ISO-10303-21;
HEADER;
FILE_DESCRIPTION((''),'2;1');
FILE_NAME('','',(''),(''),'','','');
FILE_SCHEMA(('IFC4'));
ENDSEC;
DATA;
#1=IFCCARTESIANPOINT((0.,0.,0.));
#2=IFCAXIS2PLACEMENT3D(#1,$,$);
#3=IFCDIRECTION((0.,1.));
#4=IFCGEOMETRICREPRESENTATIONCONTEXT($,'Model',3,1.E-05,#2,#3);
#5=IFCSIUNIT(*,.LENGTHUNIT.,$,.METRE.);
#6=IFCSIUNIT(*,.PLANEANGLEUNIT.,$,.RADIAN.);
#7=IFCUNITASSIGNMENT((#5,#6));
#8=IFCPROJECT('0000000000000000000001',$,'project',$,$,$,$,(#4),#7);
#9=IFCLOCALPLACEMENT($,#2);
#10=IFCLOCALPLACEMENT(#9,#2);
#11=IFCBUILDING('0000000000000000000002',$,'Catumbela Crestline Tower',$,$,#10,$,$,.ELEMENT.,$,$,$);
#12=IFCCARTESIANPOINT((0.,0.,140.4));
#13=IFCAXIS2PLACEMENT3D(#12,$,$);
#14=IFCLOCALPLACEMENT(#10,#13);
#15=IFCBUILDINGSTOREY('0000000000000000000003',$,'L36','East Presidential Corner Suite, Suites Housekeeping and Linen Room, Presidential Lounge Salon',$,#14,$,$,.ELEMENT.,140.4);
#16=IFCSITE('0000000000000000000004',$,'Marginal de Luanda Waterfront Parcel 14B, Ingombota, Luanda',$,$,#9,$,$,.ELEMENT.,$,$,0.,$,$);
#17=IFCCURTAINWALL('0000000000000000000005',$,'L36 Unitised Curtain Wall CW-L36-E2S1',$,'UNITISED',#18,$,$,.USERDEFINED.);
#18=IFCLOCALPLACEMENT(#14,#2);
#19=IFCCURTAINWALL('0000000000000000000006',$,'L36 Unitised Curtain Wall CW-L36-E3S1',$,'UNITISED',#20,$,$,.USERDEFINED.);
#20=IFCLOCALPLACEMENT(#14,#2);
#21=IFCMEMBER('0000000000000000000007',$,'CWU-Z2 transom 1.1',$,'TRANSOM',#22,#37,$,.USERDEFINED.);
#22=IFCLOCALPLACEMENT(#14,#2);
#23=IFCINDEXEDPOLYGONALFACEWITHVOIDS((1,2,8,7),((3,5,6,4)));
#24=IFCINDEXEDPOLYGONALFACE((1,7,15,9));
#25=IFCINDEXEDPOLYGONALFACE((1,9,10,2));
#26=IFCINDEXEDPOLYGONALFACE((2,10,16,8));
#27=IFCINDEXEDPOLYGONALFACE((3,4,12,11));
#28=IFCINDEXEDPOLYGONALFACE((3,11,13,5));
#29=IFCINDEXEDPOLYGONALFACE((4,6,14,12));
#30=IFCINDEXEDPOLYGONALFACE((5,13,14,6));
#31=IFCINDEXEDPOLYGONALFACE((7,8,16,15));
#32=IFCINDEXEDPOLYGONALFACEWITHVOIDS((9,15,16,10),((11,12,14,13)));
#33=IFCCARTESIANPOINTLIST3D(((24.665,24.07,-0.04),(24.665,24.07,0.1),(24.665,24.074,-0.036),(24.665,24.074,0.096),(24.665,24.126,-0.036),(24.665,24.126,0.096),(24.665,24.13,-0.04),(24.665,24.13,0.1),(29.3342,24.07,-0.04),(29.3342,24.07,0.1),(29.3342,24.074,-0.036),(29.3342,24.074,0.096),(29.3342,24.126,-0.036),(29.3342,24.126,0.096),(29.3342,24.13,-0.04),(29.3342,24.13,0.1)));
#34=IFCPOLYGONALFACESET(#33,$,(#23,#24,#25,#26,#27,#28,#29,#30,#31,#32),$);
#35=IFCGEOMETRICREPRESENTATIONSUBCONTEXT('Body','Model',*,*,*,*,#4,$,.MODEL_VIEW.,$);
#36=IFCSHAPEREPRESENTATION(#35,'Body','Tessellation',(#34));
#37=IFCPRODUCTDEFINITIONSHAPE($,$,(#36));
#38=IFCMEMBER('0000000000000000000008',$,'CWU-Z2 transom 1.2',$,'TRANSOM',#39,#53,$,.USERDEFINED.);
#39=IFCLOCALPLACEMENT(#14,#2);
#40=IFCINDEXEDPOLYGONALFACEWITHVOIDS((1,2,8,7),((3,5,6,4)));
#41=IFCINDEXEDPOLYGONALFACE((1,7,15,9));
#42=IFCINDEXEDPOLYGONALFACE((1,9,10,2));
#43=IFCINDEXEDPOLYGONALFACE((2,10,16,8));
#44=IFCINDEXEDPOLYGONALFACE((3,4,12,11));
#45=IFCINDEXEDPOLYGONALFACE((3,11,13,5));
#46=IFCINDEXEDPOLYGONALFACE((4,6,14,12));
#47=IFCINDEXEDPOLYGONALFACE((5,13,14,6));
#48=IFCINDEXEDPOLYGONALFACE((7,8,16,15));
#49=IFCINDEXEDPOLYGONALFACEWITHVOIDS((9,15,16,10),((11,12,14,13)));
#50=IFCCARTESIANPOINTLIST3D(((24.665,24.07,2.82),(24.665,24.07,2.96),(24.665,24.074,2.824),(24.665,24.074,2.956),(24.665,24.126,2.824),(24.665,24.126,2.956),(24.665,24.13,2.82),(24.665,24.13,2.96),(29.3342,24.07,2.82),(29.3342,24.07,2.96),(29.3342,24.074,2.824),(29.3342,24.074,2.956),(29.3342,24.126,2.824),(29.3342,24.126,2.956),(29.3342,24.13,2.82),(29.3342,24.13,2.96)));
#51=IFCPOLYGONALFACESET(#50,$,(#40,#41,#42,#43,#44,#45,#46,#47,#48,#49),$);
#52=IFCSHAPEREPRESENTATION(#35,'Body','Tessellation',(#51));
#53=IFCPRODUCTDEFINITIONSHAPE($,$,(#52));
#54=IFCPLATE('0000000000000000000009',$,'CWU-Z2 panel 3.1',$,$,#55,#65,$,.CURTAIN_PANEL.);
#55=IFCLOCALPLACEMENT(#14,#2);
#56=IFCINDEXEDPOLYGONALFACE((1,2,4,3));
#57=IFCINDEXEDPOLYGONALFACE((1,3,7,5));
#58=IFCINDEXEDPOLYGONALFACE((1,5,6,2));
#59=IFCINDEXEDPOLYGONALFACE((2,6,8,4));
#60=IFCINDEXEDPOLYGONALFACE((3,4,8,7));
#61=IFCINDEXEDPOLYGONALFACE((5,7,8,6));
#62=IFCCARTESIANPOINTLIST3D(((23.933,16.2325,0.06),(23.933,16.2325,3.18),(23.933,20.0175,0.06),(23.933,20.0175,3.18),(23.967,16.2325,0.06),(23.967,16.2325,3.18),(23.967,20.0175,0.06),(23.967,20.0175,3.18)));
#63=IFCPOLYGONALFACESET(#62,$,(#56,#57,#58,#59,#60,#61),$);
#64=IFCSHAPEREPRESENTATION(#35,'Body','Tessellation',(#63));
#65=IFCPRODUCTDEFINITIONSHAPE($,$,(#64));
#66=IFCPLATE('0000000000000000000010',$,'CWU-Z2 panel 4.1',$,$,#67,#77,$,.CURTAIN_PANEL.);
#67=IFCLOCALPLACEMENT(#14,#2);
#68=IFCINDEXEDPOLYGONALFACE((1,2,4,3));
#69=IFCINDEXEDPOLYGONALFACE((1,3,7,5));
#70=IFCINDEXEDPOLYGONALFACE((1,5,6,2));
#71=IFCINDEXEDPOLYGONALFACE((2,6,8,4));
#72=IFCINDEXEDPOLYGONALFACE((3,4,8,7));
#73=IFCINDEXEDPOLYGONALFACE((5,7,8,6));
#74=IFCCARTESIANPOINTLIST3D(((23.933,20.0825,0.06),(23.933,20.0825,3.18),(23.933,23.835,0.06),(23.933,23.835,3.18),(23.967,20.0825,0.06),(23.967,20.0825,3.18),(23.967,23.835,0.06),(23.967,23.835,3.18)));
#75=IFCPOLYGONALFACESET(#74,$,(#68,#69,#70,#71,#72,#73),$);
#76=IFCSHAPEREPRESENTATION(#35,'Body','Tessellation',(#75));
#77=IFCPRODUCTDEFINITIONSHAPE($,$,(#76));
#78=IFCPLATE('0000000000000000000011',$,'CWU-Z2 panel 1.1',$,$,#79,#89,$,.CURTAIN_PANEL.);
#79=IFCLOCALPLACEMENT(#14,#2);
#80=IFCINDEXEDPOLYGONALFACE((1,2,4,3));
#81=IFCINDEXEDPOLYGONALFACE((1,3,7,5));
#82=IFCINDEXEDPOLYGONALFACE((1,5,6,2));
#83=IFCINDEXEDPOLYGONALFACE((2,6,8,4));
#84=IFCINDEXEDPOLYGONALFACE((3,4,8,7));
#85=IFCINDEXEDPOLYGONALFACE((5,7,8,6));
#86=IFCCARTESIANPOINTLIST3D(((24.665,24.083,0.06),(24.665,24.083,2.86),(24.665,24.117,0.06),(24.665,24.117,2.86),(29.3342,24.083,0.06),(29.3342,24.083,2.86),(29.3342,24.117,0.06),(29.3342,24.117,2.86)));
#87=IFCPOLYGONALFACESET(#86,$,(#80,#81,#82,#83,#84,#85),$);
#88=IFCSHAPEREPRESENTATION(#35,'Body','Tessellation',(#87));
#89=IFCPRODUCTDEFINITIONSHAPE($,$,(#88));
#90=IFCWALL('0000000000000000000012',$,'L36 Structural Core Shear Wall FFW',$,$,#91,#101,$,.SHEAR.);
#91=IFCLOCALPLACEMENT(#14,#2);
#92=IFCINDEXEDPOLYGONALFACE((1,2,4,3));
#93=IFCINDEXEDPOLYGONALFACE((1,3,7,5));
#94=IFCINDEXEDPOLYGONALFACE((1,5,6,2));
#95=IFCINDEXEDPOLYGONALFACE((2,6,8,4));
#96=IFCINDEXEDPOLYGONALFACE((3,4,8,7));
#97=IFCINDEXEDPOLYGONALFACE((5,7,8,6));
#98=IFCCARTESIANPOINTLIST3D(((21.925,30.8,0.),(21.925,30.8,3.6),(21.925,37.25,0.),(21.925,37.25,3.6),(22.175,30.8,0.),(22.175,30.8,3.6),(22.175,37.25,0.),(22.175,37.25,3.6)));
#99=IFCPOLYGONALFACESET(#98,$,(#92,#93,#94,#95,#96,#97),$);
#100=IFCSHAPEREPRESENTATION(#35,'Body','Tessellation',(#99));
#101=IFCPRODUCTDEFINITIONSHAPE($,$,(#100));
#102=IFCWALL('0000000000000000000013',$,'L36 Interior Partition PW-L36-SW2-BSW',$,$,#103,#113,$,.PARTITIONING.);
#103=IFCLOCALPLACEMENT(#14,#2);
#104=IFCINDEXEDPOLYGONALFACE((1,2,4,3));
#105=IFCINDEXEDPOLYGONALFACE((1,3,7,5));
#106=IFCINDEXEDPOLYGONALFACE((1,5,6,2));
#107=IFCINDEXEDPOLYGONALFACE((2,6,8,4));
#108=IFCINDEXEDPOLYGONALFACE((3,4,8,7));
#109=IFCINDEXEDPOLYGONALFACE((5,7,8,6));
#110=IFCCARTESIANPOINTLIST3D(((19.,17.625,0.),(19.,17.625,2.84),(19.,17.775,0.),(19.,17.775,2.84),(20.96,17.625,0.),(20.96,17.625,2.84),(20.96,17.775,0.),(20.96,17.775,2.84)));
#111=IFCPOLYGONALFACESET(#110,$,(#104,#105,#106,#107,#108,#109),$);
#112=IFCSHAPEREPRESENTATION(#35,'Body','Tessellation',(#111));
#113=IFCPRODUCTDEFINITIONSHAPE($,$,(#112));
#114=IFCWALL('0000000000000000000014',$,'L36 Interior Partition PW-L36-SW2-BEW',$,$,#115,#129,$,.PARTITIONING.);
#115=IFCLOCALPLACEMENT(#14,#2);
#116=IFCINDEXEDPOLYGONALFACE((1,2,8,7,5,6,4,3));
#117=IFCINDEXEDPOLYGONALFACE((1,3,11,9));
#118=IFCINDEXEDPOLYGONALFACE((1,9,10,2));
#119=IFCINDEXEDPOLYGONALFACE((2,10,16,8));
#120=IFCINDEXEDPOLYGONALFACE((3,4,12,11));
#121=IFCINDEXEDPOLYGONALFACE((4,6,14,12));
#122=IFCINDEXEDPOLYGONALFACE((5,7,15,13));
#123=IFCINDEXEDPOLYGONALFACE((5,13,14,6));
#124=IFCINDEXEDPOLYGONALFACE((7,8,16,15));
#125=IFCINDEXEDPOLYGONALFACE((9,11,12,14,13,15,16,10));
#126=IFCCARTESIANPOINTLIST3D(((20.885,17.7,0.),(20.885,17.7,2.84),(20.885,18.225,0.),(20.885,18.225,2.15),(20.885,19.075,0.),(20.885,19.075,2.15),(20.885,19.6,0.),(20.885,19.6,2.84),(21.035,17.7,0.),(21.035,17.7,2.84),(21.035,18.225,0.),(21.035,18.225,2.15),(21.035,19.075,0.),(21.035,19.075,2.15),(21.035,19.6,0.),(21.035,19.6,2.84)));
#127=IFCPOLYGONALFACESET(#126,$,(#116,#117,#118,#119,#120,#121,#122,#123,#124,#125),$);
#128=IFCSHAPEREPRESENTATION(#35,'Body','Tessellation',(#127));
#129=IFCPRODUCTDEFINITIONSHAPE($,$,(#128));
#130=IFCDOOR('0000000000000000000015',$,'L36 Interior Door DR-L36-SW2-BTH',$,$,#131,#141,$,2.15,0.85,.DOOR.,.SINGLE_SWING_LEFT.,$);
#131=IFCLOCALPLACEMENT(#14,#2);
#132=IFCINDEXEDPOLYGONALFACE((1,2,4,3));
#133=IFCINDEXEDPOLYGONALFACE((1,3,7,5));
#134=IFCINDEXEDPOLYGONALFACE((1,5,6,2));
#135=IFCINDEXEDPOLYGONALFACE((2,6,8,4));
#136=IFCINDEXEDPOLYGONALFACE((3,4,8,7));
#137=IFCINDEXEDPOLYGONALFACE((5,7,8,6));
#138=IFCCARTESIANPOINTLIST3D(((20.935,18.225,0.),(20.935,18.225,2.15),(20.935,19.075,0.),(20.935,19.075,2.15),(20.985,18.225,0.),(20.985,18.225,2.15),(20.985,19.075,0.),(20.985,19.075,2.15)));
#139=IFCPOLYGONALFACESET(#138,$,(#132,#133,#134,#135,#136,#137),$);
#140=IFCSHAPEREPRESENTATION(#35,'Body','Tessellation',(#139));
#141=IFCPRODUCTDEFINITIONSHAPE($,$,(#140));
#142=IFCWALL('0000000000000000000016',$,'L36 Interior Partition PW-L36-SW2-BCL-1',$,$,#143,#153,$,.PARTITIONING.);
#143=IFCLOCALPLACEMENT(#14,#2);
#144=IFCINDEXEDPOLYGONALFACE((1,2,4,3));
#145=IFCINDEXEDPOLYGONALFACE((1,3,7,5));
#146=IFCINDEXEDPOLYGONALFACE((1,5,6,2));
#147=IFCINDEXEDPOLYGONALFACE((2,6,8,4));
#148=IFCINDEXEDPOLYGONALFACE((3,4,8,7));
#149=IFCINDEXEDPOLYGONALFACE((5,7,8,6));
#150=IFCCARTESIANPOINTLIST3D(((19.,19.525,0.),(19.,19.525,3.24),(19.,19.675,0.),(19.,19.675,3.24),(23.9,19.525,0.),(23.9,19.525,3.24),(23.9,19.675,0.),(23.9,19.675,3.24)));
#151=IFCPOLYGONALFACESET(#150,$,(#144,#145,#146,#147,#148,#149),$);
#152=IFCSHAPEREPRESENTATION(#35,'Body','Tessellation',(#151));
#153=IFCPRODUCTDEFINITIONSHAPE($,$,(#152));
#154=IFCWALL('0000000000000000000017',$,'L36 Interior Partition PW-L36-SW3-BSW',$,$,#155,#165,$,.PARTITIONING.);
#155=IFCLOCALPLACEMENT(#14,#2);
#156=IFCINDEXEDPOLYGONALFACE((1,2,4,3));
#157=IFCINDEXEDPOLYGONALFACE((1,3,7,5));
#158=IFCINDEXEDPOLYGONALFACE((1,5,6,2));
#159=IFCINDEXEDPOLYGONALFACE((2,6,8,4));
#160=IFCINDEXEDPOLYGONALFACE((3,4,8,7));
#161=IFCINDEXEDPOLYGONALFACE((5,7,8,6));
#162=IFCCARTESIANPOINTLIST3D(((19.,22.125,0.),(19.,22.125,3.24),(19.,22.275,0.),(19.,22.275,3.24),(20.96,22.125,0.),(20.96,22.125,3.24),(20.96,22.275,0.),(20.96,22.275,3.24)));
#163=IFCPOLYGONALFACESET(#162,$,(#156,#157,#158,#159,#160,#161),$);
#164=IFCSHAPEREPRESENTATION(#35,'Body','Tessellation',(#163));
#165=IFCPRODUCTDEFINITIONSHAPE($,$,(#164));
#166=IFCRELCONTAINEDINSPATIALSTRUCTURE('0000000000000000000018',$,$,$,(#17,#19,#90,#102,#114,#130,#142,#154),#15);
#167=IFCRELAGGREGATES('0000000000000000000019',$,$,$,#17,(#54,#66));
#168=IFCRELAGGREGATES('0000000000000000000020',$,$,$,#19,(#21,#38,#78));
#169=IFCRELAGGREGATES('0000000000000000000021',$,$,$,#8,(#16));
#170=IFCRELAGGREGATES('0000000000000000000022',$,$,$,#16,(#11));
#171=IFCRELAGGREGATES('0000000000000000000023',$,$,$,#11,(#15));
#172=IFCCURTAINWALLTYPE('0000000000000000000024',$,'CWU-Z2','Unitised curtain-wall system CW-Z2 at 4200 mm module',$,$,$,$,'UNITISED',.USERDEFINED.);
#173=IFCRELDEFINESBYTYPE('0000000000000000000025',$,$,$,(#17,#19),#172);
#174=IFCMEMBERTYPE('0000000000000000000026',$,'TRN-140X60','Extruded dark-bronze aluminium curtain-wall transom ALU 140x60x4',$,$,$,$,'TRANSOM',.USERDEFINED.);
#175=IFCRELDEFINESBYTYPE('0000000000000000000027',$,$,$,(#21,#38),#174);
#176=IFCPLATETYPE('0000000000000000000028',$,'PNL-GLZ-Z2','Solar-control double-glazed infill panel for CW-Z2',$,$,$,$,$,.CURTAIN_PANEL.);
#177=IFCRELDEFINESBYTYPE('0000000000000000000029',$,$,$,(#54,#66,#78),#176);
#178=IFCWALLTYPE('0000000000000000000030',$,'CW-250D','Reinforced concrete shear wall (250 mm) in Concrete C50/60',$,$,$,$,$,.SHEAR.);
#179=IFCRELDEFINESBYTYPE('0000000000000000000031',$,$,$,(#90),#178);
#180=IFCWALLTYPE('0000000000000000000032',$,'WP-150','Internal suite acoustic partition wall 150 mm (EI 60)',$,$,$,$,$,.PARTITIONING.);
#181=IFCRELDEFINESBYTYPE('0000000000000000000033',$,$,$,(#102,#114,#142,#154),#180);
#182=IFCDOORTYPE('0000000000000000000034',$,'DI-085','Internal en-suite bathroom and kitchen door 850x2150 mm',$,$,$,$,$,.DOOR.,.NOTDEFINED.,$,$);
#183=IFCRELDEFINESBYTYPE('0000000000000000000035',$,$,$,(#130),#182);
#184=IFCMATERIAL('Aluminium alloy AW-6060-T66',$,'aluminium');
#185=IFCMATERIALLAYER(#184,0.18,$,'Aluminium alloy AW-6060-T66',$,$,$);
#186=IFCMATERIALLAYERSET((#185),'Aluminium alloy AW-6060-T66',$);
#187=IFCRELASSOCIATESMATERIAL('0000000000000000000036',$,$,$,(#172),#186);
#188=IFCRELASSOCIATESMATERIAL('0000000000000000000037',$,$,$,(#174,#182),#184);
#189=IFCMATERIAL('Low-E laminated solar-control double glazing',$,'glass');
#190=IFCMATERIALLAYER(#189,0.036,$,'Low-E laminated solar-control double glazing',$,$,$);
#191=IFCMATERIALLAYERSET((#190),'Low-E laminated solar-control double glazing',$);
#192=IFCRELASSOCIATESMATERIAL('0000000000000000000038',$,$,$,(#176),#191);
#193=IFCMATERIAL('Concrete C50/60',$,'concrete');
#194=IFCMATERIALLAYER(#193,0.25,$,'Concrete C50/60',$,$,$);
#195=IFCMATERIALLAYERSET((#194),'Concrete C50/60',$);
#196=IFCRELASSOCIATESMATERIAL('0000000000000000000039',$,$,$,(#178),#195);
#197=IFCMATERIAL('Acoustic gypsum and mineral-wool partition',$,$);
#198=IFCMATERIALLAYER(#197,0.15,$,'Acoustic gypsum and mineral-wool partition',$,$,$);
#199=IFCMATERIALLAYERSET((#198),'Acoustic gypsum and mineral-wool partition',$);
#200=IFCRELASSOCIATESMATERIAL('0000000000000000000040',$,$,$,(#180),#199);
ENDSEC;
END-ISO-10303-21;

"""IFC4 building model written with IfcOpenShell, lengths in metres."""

from ifc_helpers import new_model, si_unit, direction, frame, frame_2d, origin, origin_2d, place, context, subcontext, project, spatial, rectangle, hollow_rectangle, extrude, material, layer, layer_set, material_profile, profile_set, type_object, element, fill, aggregate, save


model = new_model("IFC4")

# Units and contexts
model_context = context("Model", 3, precision=1e-05, world=origin(), true_north=direction((0.0, 1.0)))
body_context = subcontext(model_context, "Body", "Model", "MODEL_VIEW")
ifc_project = project(units=[si_unit("LENGTHUNIT", "METRE"), si_unit("PLANEANGLEUNIT", "RADIAN")], contexts=[model_context])

# Site, building, storey
site_placement = place(None, origin())
site = spatial("IfcSite", under=ifc_project, at=site_placement, Name="Marginal de Luanda Waterfront Parcel 14B, Ingombota, Luanda", CompositionType="ELEMENT", RefElevation=0.0)
building_placement = place(site_placement, origin())
building = spatial("IfcBuilding", under=site, at=building_placement, Name="Catumbela Crestline Tower", CompositionType="ELEMENT")
storey_placement = place(building_placement, frame((0.0, 0.0, 140.4)))
storey = spatial("IfcBuildingStorey", under=building, at=storey_placement, Name="L36", Description="East Presidential Corner Suite, Suites Housekeeping and Linen Room, Presidential Lounge Salon", CompositionType="ELEMENT", Elevation=140.4)

# Shared definitions
ifc_material_1 = material(Name="Concrete C50/60", Category="concrete")

# Curtain wall
ifc_material_2 = material(Name="Aluminium alloy AW-6060-T66", Category="aluminium")
ifc_layer_1 = layer(ifc_material_2, 0.18, Name="Aluminium alloy AW-6060-T66")
ifc_layer_set_1 = layer_set([ifc_layer_1], Name="Aluminium alloy AW-6060-T66")
curtain_wall_type = type_object("IfcCurtainWallType", Name="CWU-Z2", Description="Unitised curtain-wall system CW-Z2 at 4200 mm module", ElementType="UNITISED", PredefinedType="USERDEFINED", material=ifc_layer_set_1)
curtain_wall_1_placement = place(storey_placement, origin())
curtain_wall_1 = element("IfcCurtainWall", 1, at=curtain_wall_1_placement, inside=storey, type_object=curtain_wall_type, Name="L36 Unitised Curtain Wall CW-L36-E2S1", ObjectType="UNITISED", PredefinedType="USERDEFINED")

# Curtain wall
curtain_wall_2_placement = place(storey_placement, origin())
curtain_wall_2 = element("IfcCurtainWall", 2, at=curtain_wall_2_placement, inside=storey, type_object=curtain_wall_type, Name="L36 Unitised Curtain Wall CW-L36-E3S1", ObjectType="UNITISED", PredefinedType="USERDEFINED")

# Members
ifc_material_profile_1 = material_profile(ifc_material_2, hollow_rectangle(XDim=0.06, YDim=0.14, WallThickness=0.004, at=origin_2d()), Name="ALU 140x60x4")
ifc_profile_set_1 = profile_set([ifc_material_profile_1], Name="Aluminium alloy AW-6060-T66")
member_type_1 = type_object("IfcMemberType", Name="TRN-140X60", Description="Extruded dark-bronze aluminium curtain-wall transom ALU 140x60x4", ElementType="TRANSOM", PredefinedType="USERDEFINED", material=ifc_profile_set_1)
member_1_placement = place(storey_placement, frame((24.665, 24.1, 0.03), z_axis=(1.0, 0.0, 0.0), x_axis=(0.0, 1.0, 0.0)))
member_1 = element("IfcMember", 3, at=member_1_placement, type_object=member_type_1, Name="CWU-Z2 transom 1.1", ObjectType="TRANSOM", PredefinedType="USERDEFINED", context=body_context, shape_type="SweptSolid", body=[
    extrude(hollow_rectangle(XDim=0.06, YDim=0.14, WallThickness=0.004, at=origin_2d()), origin(), (0.0, 0.0, 1.0), 4.6692),
])
member_2_placement = place(storey_placement, frame((24.665, 24.1, 2.89), z_axis=(1.0, 0.0, 0.0), x_axis=(0.0, 1.0, 0.0)))
member_2 = element("IfcMember", 4, at=member_2_placement, type_object=member_type_1, Name="CWU-Z2 transom 1.2", ObjectType="TRANSOM", PredefinedType="USERDEFINED", context=body_context, shape_type="SweptSolid", body=[
    extrude(hollow_rectangle(XDim=0.06, YDim=0.14, WallThickness=0.004, at=origin_2d()), origin(), (0.0, 0.0, 1.0), 4.6692),
])

# Plates
ifc_material_3 = material(Name="Low-E laminated solar-control double glazing", Category="glass")
ifc_layer_2 = layer(ifc_material_3, 0.036, Name="Low-E laminated solar-control double glazing")
ifc_layer_set_2 = layer_set([ifc_layer_2], Name="Low-E laminated solar-control double glazing")
plate_type = type_object("IfcPlateType", Name="PNL-GLZ-Z2", Description="Solar-control double-glazed infill panel for CW-Z2", PredefinedType="CURTAIN_PANEL", material=ifc_layer_set_2)
plate_1_placement = place(storey_placement, frame((23.95, 18.125, 0.06), z_axis=(0.0, 0.0, 1.0), x_axis=(0.0, 1.0, 0.0)))
plate_1 = element("IfcPlate", 5, at=plate_1_placement, type_object=plate_type, Name="CWU-Z2 panel 3.1", PredefinedType="CURTAIN_PANEL", context=body_context, shape_type="SweptSolid", body=[
    extrude(rectangle(XDim=3.785, YDim=0.034, at=origin_2d()), origin(), (0.0, 0.0, 1.0), 3.12),
])
plate_2_placement = place(storey_placement, frame((23.95, 21.9587, 0.06), z_axis=(0.0, 0.0, 1.0), x_axis=(0.0, 1.0, 0.0)))
plate_2 = element("IfcPlate", 6, at=plate_2_placement, type_object=plate_type, Name="CWU-Z2 panel 4.1", PredefinedType="CURTAIN_PANEL", context=body_context, shape_type="SweptSolid", body=[
    extrude(rectangle(XDim=3.7525, YDim=0.034, at=origin_2d()), origin(), (0.0, 0.0, 1.0), 3.12),
])
aggregate(curtain_wall_1, [plate_1, plate_2])
plate_3_placement = place(storey_placement, frame((26.9996, 24.1, 0.06), z_axis=(0.0, 0.0, 1.0), x_axis=(1.0, 0.0, 0.0)))
plate_3 = element("IfcPlate", 7, at=plate_3_placement, type_object=plate_type, Name="CWU-Z2 panel 1.1", PredefinedType="CURTAIN_PANEL", context=body_context, shape_type="SweptSolid", body=[
    extrude(rectangle(XDim=4.6692, YDim=0.034, at=origin_2d()), origin(), (0.0, 0.0, 1.0), 2.8),
])
aggregate(curtain_wall_2, [member_1, member_2, plate_3])

# Walls
ifc_layer_3 = layer(ifc_material_1, 0.25, Name="Concrete C50/60")
ifc_layer_set_3 = layer_set([ifc_layer_3], Name="Concrete C50/60")
wall_type_1 = type_object("IfcWallType", Name="CW-250D", Description="Reinforced concrete shear wall (250 mm) in Concrete C50/60", PredefinedType="SHEAR", material=ifc_layer_set_3)
wall_1_placement = place(storey_placement, frame((22.05, 30.8, 0.0), z_axis=(0.0, 0.0, 1.0), x_axis=(0.0, 1.0, 0.0)))
element("IfcWall", 8, at=wall_1_placement, inside=storey, type_object=wall_type_1, Name="L36 Structural Core Shear Wall FFW", PredefinedType="SHEAR", context=body_context, shape_type="SweptSolid", body=[
    extrude(rectangle(XDim=6.45, YDim=0.25, at=frame_2d((3.225, 0.0))), origin(), (0.0, 0.0, 1.0), 3.6),
])
ifc_material_4 = material(Name="Acoustic gypsum and mineral-wool partition")
ifc_layer_4 = layer(ifc_material_4, 0.15, Name="Acoustic gypsum and mineral-wool partition")
ifc_layer_set_4 = layer_set([ifc_layer_4], Name="Acoustic gypsum and mineral-wool partition")
wall_type_2 = type_object("IfcWallType", Name="WP-150", Description="Internal suite acoustic partition wall 150 mm (EI 60)", PredefinedType="PARTITIONING", material=ifc_layer_set_4)
wall_2_placement = place(storey_placement, frame((19.0, 17.7, 0.0), z_axis=(0.0, 0.0, 1.0), x_axis=(1.0, 0.0, 0.0)))
element("IfcWall", 9, at=wall_2_placement, inside=storey, type_object=wall_type_2, Name="L36 Interior Partition PW-L36-SW2-BSW", PredefinedType="PARTITIONING", context=body_context, shape_type="SweptSolid", body=[
    extrude(rectangle(XDim=1.96, YDim=0.15, at=frame_2d((0.98, 0.0))), origin(), (0.0, 0.0, 1.0), 2.84),
])

# Wall, opening, door
wall_3_placement = place(storey_placement, frame((20.96, 17.7, 0.0), z_axis=(0.0, 0.0, 1.0), x_axis=(0.0, 1.0, 0.0)))
wall_3 = element("IfcWall", 10, at=wall_3_placement, inside=storey, type_object=wall_type_2, Name="L36 Interior Partition PW-L36-SW2-BEW", PredefinedType="PARTITIONING", context=body_context, shape_type="SweptSolid", body=[
    extrude(rectangle(XDim=1.9, YDim=0.15, at=frame_2d((0.95, 0.0))), origin(), (0.0, 0.0, 1.0), 2.84),
])
opening_1_placement = place(wall_3_placement, frame((0.525, 0.0, 0.0)))
opening_1 = element("IfcOpeningElement", 11, at=opening_1_placement, cuts=wall_3, PredefinedType="OPENING", context=body_context, shape_type="SweptSolid", body=[
    extrude(rectangle(XDim=0.85, YDim=2.15, at=frame_2d((0.425, 1.075))), frame((0.0, 0.085, 0.0), z_axis=(0.0, -1.0, 0.0), x_axis=(1.0, 0.0, 0.0)), (0.0, 0.0, 1.0), 0.17),
])
door_type = type_object("IfcDoorType", Name="DI-085", Description="Internal en-suite bathroom and kitchen door 850x2150 mm", OperationType="NOTDEFINED", PredefinedType="DOOR", material=ifc_material_2)
door_1_placement = place(opening_1_placement, origin())
door_1 = element("IfcDoor", 12, at=door_1_placement, inside=storey, type_object=door_type, Name="L36 Interior Door DR-L36-SW2-BTH", OperationType="SINGLE_SWING_LEFT", OverallHeight=2.15, OverallWidth=0.85, PredefinedType="DOOR", context=body_context, shape_type="SweptSolid", body=[
    extrude(rectangle(XDim=0.85, YDim=2.15, at=frame_2d((0.425, 1.075))), frame((0.0, 0.025, 0.0), z_axis=(0.0, -1.0, 0.0), x_axis=(1.0, 0.0, 0.0)), (0.0, 0.0, 1.0), 0.05),
])
fill(opening_1, door_1)

# Walls
wall_4_placement = place(storey_placement, frame((19.0, 19.6, 0.0), z_axis=(0.0, 0.0, 1.0), x_axis=(1.0, 0.0, 0.0)))
element("IfcWall", 13, at=wall_4_placement, inside=storey, type_object=wall_type_2, Name="L36 Interior Partition PW-L36-SW2-BCL-1", PredefinedType="PARTITIONING", context=body_context, shape_type="SweptSolid", body=[
    extrude(rectangle(XDim=4.9, YDim=0.15, at=frame_2d((2.45, 0.0))), origin(), (0.0, 0.0, 1.0), 3.24),
])
wall_5_placement = place(storey_placement, frame((19.0, 22.2, 0.0), z_axis=(0.0, 0.0, 1.0), x_axis=(1.0, 0.0, 0.0)))
element("IfcWall", 14, at=wall_5_placement, inside=storey, type_object=wall_type_2, Name="L36 Interior Partition PW-L36-SW3-BSW", PredefinedType="PARTITIONING", context=body_context, shape_type="SweptSolid", body=[
    extrude(rectangle(XDim=1.96, YDim=0.15, at=frame_2d((0.98, 0.0))), origin(), (0.0, 0.0, 1.0), 3.24),
])

save(model, "model.ifc")
